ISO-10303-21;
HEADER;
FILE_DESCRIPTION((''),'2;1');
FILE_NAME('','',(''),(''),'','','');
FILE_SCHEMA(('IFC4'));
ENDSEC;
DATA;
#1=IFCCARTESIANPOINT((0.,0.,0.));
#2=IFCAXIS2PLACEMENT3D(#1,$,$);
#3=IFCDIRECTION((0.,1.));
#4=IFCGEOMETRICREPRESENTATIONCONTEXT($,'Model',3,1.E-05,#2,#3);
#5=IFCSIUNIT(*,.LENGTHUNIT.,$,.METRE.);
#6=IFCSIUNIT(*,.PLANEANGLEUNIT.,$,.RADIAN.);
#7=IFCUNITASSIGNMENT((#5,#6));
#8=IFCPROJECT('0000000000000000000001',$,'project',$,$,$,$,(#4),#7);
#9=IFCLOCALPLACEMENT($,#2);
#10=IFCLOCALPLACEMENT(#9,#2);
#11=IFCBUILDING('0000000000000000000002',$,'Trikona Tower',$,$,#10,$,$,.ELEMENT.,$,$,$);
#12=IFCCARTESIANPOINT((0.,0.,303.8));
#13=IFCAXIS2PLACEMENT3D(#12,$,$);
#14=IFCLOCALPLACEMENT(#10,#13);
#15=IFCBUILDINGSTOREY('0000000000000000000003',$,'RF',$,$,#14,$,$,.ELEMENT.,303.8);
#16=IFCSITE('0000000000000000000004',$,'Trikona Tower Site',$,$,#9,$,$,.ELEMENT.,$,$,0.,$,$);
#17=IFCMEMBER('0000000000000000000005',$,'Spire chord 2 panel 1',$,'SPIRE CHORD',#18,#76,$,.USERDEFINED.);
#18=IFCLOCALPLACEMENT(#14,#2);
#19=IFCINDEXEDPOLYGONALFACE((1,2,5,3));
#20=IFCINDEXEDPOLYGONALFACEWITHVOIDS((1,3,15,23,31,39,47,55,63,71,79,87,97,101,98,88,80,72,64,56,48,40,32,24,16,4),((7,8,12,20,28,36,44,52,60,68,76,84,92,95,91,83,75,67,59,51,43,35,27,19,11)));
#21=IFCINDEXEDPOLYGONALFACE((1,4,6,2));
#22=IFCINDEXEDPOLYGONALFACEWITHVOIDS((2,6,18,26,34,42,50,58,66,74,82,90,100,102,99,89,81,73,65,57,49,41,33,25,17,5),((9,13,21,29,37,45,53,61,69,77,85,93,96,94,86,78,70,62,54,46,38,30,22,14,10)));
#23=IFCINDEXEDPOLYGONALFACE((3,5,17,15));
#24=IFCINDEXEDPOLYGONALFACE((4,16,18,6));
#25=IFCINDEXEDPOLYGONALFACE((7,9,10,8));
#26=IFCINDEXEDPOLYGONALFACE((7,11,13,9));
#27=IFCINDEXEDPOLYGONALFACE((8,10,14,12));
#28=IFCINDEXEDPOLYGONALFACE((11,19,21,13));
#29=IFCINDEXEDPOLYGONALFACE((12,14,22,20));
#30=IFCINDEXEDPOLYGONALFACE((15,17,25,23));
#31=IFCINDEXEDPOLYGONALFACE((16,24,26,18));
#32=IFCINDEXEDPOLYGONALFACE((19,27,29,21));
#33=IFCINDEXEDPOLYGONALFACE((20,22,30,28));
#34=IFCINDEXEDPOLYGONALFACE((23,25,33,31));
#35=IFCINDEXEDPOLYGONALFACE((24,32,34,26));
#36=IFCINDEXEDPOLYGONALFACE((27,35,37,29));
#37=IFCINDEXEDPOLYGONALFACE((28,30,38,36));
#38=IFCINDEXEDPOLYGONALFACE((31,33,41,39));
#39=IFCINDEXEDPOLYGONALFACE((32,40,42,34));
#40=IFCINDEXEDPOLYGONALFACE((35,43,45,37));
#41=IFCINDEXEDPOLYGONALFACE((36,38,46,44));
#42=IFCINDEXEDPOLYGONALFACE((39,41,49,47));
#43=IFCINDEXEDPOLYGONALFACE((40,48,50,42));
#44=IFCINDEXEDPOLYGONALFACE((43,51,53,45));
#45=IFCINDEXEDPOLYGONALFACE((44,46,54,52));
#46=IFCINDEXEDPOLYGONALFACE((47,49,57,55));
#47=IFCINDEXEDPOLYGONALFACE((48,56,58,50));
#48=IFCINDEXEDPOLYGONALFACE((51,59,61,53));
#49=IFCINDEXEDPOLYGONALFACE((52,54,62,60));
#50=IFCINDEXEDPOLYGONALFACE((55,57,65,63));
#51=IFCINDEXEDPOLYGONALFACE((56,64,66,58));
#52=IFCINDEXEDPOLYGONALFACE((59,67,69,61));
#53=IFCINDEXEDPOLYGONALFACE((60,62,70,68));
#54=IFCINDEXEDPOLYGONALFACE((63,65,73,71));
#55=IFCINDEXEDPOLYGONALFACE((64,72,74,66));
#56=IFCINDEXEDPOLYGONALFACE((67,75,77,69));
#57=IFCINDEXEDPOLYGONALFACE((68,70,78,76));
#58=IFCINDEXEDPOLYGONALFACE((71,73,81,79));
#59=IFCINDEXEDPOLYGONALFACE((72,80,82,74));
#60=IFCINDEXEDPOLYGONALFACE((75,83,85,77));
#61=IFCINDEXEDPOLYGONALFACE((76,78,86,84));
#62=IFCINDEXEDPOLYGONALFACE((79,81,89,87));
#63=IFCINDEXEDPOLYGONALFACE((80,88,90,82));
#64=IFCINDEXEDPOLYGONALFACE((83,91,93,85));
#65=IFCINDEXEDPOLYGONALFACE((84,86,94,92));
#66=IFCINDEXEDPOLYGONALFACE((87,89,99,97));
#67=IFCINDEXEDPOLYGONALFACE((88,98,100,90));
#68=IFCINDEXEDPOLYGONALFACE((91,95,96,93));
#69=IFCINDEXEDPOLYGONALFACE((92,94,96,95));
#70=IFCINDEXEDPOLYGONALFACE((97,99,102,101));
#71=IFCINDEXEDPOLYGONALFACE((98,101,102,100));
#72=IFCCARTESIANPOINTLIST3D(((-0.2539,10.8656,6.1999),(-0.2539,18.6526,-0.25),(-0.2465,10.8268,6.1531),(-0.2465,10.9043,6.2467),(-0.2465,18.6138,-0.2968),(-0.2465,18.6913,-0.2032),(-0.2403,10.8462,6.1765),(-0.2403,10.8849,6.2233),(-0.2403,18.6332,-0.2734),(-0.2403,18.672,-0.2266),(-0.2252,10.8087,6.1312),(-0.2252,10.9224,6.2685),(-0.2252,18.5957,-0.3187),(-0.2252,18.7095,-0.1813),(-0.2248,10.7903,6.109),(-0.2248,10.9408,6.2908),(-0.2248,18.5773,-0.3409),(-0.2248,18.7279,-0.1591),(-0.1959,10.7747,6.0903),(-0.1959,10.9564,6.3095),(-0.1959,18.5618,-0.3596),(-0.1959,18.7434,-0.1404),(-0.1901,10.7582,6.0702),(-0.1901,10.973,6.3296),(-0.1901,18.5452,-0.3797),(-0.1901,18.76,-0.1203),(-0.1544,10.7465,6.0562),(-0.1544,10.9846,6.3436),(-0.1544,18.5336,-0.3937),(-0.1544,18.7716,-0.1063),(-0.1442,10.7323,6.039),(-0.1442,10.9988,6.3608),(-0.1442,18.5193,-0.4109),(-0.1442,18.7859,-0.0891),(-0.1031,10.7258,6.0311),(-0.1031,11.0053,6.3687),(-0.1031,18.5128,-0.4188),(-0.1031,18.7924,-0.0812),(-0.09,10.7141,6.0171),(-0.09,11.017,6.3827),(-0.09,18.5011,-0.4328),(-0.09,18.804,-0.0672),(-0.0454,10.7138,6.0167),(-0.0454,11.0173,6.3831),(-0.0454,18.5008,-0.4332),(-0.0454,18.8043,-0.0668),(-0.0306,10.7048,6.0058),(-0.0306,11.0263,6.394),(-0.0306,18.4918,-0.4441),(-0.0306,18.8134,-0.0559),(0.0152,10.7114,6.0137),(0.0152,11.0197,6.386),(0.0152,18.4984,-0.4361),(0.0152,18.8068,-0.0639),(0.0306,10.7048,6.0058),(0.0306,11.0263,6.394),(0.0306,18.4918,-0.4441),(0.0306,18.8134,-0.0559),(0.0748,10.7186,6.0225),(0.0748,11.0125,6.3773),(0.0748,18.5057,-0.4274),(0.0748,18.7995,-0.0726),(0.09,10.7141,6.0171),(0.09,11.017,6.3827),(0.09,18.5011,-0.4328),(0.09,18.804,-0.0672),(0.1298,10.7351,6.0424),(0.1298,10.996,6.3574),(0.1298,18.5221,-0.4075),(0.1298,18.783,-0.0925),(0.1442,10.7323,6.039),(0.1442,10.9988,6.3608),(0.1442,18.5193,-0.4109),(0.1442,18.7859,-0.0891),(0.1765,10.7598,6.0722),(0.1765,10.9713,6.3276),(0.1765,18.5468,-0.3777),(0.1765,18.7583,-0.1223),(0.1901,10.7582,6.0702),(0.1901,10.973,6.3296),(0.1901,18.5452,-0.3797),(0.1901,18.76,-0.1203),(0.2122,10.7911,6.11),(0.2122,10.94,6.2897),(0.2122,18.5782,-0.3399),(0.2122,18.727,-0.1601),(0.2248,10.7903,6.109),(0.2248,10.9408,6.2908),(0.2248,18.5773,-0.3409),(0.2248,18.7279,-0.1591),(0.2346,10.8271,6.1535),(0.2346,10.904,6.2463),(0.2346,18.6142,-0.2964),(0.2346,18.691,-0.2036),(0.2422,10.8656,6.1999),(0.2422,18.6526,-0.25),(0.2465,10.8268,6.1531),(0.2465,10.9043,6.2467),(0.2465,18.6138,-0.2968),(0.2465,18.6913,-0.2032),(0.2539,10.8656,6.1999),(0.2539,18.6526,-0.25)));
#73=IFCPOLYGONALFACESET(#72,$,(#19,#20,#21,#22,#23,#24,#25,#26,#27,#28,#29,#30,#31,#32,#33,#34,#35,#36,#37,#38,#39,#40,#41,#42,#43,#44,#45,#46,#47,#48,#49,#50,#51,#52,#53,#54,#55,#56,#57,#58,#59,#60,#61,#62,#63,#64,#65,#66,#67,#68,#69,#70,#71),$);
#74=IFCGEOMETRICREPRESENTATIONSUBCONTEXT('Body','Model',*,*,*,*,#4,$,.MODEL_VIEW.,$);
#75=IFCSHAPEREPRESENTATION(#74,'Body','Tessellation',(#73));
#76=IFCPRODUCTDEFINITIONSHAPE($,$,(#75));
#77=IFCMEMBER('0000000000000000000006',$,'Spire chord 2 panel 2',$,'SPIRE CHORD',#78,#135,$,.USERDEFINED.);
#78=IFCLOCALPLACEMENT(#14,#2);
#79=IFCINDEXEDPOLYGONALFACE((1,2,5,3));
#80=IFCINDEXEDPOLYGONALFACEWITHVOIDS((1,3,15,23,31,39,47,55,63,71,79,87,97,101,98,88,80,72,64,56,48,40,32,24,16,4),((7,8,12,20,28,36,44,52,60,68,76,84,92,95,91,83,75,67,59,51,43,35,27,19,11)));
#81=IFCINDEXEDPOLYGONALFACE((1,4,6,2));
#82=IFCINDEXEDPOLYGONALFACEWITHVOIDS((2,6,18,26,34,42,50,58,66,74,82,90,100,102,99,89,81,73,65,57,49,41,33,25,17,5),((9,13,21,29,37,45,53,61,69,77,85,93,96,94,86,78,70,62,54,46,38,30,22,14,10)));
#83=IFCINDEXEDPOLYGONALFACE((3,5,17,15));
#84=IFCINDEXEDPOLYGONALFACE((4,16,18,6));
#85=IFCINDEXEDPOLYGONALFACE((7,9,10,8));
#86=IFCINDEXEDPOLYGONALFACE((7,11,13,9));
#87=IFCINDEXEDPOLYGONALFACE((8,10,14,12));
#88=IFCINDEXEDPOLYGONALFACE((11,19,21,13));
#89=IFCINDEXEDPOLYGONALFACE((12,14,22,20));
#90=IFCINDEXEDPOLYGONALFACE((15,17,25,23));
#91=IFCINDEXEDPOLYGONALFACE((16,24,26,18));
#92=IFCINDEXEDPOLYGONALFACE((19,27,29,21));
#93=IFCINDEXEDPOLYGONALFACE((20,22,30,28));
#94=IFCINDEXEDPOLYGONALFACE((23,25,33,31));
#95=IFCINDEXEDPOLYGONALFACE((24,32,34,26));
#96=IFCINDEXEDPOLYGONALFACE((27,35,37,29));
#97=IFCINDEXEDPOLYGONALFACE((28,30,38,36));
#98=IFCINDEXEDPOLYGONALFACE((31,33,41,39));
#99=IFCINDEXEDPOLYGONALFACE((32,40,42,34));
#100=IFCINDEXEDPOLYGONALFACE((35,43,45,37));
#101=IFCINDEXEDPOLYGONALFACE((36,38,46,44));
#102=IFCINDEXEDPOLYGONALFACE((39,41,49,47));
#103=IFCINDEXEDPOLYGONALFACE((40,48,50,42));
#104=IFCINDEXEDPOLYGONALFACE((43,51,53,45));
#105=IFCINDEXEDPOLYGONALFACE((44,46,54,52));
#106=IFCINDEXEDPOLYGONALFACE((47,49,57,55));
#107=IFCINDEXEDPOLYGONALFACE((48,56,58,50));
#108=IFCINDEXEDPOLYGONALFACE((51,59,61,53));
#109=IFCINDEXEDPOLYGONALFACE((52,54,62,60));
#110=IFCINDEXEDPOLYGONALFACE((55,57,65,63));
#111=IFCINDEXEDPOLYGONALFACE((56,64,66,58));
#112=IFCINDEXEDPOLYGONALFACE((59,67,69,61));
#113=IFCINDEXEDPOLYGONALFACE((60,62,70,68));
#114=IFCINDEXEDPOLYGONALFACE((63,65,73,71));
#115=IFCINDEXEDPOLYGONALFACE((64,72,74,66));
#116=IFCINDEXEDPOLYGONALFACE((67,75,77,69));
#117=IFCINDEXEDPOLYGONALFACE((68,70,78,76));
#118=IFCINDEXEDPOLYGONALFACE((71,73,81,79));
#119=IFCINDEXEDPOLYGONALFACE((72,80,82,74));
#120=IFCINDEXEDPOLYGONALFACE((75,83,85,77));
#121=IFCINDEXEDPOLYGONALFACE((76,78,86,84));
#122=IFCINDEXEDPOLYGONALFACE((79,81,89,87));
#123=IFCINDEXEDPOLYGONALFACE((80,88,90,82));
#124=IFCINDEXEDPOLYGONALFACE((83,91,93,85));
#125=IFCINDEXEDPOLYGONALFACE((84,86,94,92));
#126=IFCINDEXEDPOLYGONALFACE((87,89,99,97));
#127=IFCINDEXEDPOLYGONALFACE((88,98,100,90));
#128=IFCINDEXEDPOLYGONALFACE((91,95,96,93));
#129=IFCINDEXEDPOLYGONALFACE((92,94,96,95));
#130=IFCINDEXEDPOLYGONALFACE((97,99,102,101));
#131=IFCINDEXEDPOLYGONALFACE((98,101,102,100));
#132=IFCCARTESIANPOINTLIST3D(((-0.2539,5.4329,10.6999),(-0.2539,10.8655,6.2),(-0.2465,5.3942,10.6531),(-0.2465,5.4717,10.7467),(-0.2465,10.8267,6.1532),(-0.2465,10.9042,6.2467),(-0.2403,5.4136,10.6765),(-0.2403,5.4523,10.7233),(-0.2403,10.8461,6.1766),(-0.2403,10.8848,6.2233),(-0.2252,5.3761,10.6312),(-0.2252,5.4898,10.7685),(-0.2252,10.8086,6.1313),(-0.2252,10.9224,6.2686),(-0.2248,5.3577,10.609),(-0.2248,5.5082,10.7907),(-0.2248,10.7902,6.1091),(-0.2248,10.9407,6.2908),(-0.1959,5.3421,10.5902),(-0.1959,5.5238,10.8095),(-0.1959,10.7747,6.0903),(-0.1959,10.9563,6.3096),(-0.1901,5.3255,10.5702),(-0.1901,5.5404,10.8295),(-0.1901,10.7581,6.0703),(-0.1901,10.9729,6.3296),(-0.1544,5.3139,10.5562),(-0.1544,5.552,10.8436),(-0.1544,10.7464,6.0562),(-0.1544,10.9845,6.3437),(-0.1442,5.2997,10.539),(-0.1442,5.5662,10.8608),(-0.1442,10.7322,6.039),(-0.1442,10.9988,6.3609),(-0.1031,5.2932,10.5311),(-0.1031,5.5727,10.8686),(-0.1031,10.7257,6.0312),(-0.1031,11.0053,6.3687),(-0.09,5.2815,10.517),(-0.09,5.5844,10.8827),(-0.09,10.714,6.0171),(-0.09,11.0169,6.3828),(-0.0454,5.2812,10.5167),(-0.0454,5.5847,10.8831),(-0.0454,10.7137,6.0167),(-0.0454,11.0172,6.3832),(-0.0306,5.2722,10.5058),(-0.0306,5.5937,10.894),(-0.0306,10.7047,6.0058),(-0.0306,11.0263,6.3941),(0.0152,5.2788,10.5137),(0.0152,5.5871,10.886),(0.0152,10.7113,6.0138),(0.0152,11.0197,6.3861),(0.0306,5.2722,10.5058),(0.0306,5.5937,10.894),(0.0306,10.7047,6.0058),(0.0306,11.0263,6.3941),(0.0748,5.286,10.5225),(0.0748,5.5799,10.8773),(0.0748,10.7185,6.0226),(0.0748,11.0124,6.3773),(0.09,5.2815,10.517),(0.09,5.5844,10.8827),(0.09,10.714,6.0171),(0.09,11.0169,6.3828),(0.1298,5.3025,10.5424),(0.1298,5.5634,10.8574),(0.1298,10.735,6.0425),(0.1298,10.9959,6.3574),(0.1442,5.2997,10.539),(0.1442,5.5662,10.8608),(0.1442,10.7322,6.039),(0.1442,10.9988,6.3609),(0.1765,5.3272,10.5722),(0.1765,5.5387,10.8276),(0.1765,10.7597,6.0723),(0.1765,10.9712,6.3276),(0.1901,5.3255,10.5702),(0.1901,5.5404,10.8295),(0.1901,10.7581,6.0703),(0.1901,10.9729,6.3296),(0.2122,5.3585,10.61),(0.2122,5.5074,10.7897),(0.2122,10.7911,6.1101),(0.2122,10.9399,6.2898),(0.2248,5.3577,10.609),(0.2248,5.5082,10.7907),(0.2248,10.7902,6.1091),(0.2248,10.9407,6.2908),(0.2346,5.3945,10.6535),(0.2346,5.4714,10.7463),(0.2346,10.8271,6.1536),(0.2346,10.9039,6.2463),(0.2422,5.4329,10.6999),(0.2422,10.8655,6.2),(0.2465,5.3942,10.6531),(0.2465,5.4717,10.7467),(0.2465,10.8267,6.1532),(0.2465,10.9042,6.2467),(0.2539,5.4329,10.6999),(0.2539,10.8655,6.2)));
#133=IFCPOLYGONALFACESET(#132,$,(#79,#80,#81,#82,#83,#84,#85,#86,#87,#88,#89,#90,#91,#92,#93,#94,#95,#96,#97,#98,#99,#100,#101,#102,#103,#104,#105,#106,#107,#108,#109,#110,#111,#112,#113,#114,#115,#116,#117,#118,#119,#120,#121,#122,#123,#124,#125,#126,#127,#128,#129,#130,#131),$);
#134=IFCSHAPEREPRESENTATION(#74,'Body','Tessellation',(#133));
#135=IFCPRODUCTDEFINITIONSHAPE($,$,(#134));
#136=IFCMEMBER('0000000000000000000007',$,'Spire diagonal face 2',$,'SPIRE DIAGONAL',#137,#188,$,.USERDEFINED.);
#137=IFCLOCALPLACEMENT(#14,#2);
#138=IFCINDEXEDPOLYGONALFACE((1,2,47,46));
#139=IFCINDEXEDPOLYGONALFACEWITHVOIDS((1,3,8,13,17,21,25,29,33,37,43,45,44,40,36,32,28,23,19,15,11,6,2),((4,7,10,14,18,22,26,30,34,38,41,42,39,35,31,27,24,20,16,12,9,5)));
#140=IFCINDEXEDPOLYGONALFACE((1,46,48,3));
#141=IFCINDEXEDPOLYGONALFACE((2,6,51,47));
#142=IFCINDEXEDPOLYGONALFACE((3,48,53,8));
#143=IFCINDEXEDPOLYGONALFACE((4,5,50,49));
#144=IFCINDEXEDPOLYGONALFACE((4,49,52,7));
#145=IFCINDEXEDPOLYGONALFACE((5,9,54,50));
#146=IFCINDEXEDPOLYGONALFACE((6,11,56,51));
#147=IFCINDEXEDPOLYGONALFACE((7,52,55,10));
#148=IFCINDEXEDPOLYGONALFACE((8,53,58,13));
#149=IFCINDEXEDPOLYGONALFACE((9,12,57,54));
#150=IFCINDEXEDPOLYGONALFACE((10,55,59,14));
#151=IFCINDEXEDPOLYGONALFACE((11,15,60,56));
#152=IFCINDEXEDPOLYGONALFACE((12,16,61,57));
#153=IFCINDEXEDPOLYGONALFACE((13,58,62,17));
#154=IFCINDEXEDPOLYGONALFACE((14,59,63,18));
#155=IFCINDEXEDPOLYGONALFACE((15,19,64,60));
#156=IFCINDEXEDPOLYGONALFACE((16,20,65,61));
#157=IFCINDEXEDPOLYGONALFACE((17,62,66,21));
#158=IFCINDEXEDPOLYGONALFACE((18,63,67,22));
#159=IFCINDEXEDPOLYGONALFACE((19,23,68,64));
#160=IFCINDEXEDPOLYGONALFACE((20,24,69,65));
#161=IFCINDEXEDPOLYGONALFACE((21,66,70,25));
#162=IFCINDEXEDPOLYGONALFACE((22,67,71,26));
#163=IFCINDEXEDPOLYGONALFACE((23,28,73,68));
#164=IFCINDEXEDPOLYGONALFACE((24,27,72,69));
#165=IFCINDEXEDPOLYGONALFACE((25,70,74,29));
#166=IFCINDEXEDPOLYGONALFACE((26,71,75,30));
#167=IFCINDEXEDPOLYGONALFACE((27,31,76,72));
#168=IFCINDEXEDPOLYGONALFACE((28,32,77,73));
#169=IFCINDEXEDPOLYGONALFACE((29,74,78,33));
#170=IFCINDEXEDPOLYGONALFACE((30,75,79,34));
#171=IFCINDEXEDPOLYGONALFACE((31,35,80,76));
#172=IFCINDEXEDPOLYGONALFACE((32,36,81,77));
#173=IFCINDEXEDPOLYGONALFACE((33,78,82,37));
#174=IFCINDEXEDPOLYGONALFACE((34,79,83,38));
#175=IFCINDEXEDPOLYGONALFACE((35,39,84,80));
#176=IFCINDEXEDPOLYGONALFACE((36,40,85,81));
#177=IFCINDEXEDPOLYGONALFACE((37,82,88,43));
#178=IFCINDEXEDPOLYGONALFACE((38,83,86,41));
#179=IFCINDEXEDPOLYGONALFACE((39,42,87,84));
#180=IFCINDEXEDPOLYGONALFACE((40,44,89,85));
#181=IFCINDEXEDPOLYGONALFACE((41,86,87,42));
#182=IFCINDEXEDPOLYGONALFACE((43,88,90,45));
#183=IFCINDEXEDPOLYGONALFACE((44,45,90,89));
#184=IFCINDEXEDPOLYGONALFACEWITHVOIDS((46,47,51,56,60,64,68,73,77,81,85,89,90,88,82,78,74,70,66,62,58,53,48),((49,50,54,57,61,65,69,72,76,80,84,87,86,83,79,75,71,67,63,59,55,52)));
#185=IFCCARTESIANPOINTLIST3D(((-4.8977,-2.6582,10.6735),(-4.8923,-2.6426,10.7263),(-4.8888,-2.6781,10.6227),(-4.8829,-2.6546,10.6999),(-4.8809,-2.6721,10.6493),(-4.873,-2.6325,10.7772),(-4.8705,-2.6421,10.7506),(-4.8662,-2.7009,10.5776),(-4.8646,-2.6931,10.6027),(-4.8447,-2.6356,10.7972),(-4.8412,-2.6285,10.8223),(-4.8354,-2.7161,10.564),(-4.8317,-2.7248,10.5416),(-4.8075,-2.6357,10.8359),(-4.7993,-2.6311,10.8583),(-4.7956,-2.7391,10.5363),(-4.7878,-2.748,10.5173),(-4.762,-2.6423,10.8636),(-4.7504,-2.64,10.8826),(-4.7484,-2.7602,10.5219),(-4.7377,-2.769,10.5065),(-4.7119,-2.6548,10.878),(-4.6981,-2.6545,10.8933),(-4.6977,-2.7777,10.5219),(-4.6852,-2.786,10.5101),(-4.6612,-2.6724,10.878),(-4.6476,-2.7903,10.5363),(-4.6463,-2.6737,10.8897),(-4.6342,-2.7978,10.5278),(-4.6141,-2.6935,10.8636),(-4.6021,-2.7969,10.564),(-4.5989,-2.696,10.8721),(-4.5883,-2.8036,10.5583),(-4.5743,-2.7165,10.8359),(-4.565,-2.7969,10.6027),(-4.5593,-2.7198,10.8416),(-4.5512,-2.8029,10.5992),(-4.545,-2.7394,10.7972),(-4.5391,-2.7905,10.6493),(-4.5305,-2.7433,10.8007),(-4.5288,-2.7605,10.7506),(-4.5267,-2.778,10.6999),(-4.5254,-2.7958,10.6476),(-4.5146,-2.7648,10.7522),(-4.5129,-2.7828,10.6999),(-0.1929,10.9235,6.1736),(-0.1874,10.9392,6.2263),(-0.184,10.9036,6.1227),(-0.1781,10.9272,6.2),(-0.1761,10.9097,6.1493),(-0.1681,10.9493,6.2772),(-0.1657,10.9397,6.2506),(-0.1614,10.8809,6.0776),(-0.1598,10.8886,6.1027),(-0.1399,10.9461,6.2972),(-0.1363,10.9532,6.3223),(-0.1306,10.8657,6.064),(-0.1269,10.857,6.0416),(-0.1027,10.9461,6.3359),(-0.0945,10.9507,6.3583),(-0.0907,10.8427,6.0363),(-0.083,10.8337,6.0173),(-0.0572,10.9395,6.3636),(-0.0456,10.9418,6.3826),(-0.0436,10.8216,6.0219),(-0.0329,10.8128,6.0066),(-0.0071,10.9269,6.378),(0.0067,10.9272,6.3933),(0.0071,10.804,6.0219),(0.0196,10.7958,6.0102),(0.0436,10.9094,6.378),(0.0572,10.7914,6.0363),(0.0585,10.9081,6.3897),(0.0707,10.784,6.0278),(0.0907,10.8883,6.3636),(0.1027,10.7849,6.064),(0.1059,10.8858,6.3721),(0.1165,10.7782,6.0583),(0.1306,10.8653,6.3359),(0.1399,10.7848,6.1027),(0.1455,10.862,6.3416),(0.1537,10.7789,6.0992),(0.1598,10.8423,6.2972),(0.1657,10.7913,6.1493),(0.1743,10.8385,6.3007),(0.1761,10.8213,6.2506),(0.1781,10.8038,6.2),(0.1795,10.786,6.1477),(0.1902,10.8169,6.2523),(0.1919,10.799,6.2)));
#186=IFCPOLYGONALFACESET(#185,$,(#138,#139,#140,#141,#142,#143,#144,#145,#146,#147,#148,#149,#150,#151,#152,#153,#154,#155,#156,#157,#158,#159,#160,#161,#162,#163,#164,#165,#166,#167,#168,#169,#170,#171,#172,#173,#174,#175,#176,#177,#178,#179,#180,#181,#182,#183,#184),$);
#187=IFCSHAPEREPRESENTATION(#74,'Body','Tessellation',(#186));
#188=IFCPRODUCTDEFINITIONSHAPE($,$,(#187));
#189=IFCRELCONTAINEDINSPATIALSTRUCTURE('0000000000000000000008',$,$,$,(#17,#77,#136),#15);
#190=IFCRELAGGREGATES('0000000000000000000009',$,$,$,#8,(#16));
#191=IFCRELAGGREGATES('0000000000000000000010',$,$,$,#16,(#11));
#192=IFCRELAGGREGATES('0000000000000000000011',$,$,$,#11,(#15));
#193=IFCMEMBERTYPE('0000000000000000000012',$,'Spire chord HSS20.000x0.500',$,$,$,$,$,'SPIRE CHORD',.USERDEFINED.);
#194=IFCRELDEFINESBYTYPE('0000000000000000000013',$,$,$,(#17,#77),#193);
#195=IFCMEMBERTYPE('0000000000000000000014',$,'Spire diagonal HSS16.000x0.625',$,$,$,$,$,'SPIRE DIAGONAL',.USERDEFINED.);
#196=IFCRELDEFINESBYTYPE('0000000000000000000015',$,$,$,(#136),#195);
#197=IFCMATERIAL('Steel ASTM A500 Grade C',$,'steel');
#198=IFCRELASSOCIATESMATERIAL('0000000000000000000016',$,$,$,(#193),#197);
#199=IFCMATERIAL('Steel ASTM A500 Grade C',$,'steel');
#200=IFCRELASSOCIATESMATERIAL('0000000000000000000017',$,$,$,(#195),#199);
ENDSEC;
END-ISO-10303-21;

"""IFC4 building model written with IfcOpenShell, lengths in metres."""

from ifc_helpers import new_model, si_unit, direction, frame, origin, origin_2d, place, context, subcontext, project, spatial, hollow_circle, extrude, material, material_profile, profile_set, type_object, element, save


model = new_model("IFC4")

# Units and contexts
model_context = context("Model", 3, precision=1e-05, world=origin(), true_north=direction((0.0, 1.0)))
body_context = subcontext(model_context, "Body", "Model", "MODEL_VIEW")
ifc_project = project(units=[si_unit("LENGTHUNIT", "METRE"), si_unit("PLANEANGLEUNIT", "RADIAN")], contexts=[model_context])

# Site, building, storey
site_placement = place(None, origin())
site = spatial("IfcSite", under=ifc_project, at=site_placement, Name="Trikona Tower Site", CompositionType="ELEMENT", RefElevation=0.0)
building_placement = place(site_placement, origin())
building = spatial("IfcBuilding", under=site, at=building_placement, Name="Trikona Tower", CompositionType="ELEMENT")
storey_placement = place(building_placement, frame((0.0, 0.0, 303.8)))
storey = spatial("IfcBuildingStorey", under=building, at=storey_placement, Name="RF", CompositionType="ELEMENT", Elevation=303.8)

# Members
ifc_material_1 = material(Name="Steel ASTM A500 Grade C", Category="steel")
ifc_material_profile_1 = material_profile(ifc_material_1, hollow_circle(Radius=0.2539, WallThickness=0.0117, at=origin_2d()), Name="HSS20.000X0.500")
ifc_profile_set_1 = profile_set([ifc_material_profile_1], Name="Steel ASTM A500 Grade C")
member_type_1 = type_object("IfcMemberType", Name="Spire chord HSS20.000x0.500", ElementType="SPIRE CHORD", PredefinedType="USERDEFINED", material=ifc_profile_set_1)
member_1_placement = place(storey_placement, frame((0.0, 18.6526, -0.25), z_axis=(0.0, -0.77013, 0.637887), x_axis=(1.0, 0.0, 0.0)))
element("IfcMember", 1, at=member_1_placement, inside=storey, type_object=member_type_1, Name="Spire chord 2 panel 1", ObjectType="SPIRE CHORD", PredefinedType="USERDEFINED", context=body_context, shape_type="SweptSolid", body=[
    extrude(hollow_circle(Radius=0.2539, WallThickness=0.0117, at=origin_2d()), origin(), (0.0, 0.0, 1.0), 10.1113),
])
member_2_placement = place(storey_placement, frame((0.0, 10.8655, 6.2), z_axis=(0.0, -0.770113, 0.637908), x_axis=(1.0, 0.0, 0.0)))
element("IfcMember", 2, at=member_2_placement, inside=storey, type_object=member_type_1, Name="Spire chord 2 panel 2", ObjectType="SPIRE CHORD", PredefinedType="USERDEFINED", context=body_context, shape_type="SweptSolid", body=[
    extrude(hollow_circle(Radius=0.2539, WallThickness=0.0117, at=origin_2d()), origin(), (0.0, 0.0, 1.0), 7.0542),
])
ifc_material_2 = material(Name="Steel ASTM A500 Grade C", Category="steel")
ifc_material_profile_2 = material_profile(ifc_material_2, hollow_circle(Radius=0.2031, WallThickness=0.0146, at=origin_2d()), Name="HSS16.000X0.625")
ifc_profile_set_2 = profile_set([ifc_material_profile_2], Name="Steel ASTM A500 Grade C")
member_type_2 = type_object("IfcMemberType", Name="Spire diagonal HSS16.000x0.625", ElementType="SPIRE DIAGONAL", PredefinedType="USERDEFINED", material=ifc_profile_set_2)
member_3_placement = place(storey_placement, frame((0.0, 10.8655, 6.2), z_axis=(-0.312374, -0.901752, 0.298774), x_axis=(0.944912, -0.327325, 0.0)))
element("IfcMember", 3, at=member_3_placement, inside=storey, type_object=member_type_2, Name="Spire diagonal face 2", ObjectType="SPIRE DIAGONAL", PredefinedType="USERDEFINED", context=body_context, shape_type="SweptSolid", body=[
    extrude(hollow_circle(Radius=0.2031, WallThickness=0.0146, at=origin_2d()), origin(), (0.0, 0.0, 1.0), 15.0615),
])

save(model, "model.ifc")
